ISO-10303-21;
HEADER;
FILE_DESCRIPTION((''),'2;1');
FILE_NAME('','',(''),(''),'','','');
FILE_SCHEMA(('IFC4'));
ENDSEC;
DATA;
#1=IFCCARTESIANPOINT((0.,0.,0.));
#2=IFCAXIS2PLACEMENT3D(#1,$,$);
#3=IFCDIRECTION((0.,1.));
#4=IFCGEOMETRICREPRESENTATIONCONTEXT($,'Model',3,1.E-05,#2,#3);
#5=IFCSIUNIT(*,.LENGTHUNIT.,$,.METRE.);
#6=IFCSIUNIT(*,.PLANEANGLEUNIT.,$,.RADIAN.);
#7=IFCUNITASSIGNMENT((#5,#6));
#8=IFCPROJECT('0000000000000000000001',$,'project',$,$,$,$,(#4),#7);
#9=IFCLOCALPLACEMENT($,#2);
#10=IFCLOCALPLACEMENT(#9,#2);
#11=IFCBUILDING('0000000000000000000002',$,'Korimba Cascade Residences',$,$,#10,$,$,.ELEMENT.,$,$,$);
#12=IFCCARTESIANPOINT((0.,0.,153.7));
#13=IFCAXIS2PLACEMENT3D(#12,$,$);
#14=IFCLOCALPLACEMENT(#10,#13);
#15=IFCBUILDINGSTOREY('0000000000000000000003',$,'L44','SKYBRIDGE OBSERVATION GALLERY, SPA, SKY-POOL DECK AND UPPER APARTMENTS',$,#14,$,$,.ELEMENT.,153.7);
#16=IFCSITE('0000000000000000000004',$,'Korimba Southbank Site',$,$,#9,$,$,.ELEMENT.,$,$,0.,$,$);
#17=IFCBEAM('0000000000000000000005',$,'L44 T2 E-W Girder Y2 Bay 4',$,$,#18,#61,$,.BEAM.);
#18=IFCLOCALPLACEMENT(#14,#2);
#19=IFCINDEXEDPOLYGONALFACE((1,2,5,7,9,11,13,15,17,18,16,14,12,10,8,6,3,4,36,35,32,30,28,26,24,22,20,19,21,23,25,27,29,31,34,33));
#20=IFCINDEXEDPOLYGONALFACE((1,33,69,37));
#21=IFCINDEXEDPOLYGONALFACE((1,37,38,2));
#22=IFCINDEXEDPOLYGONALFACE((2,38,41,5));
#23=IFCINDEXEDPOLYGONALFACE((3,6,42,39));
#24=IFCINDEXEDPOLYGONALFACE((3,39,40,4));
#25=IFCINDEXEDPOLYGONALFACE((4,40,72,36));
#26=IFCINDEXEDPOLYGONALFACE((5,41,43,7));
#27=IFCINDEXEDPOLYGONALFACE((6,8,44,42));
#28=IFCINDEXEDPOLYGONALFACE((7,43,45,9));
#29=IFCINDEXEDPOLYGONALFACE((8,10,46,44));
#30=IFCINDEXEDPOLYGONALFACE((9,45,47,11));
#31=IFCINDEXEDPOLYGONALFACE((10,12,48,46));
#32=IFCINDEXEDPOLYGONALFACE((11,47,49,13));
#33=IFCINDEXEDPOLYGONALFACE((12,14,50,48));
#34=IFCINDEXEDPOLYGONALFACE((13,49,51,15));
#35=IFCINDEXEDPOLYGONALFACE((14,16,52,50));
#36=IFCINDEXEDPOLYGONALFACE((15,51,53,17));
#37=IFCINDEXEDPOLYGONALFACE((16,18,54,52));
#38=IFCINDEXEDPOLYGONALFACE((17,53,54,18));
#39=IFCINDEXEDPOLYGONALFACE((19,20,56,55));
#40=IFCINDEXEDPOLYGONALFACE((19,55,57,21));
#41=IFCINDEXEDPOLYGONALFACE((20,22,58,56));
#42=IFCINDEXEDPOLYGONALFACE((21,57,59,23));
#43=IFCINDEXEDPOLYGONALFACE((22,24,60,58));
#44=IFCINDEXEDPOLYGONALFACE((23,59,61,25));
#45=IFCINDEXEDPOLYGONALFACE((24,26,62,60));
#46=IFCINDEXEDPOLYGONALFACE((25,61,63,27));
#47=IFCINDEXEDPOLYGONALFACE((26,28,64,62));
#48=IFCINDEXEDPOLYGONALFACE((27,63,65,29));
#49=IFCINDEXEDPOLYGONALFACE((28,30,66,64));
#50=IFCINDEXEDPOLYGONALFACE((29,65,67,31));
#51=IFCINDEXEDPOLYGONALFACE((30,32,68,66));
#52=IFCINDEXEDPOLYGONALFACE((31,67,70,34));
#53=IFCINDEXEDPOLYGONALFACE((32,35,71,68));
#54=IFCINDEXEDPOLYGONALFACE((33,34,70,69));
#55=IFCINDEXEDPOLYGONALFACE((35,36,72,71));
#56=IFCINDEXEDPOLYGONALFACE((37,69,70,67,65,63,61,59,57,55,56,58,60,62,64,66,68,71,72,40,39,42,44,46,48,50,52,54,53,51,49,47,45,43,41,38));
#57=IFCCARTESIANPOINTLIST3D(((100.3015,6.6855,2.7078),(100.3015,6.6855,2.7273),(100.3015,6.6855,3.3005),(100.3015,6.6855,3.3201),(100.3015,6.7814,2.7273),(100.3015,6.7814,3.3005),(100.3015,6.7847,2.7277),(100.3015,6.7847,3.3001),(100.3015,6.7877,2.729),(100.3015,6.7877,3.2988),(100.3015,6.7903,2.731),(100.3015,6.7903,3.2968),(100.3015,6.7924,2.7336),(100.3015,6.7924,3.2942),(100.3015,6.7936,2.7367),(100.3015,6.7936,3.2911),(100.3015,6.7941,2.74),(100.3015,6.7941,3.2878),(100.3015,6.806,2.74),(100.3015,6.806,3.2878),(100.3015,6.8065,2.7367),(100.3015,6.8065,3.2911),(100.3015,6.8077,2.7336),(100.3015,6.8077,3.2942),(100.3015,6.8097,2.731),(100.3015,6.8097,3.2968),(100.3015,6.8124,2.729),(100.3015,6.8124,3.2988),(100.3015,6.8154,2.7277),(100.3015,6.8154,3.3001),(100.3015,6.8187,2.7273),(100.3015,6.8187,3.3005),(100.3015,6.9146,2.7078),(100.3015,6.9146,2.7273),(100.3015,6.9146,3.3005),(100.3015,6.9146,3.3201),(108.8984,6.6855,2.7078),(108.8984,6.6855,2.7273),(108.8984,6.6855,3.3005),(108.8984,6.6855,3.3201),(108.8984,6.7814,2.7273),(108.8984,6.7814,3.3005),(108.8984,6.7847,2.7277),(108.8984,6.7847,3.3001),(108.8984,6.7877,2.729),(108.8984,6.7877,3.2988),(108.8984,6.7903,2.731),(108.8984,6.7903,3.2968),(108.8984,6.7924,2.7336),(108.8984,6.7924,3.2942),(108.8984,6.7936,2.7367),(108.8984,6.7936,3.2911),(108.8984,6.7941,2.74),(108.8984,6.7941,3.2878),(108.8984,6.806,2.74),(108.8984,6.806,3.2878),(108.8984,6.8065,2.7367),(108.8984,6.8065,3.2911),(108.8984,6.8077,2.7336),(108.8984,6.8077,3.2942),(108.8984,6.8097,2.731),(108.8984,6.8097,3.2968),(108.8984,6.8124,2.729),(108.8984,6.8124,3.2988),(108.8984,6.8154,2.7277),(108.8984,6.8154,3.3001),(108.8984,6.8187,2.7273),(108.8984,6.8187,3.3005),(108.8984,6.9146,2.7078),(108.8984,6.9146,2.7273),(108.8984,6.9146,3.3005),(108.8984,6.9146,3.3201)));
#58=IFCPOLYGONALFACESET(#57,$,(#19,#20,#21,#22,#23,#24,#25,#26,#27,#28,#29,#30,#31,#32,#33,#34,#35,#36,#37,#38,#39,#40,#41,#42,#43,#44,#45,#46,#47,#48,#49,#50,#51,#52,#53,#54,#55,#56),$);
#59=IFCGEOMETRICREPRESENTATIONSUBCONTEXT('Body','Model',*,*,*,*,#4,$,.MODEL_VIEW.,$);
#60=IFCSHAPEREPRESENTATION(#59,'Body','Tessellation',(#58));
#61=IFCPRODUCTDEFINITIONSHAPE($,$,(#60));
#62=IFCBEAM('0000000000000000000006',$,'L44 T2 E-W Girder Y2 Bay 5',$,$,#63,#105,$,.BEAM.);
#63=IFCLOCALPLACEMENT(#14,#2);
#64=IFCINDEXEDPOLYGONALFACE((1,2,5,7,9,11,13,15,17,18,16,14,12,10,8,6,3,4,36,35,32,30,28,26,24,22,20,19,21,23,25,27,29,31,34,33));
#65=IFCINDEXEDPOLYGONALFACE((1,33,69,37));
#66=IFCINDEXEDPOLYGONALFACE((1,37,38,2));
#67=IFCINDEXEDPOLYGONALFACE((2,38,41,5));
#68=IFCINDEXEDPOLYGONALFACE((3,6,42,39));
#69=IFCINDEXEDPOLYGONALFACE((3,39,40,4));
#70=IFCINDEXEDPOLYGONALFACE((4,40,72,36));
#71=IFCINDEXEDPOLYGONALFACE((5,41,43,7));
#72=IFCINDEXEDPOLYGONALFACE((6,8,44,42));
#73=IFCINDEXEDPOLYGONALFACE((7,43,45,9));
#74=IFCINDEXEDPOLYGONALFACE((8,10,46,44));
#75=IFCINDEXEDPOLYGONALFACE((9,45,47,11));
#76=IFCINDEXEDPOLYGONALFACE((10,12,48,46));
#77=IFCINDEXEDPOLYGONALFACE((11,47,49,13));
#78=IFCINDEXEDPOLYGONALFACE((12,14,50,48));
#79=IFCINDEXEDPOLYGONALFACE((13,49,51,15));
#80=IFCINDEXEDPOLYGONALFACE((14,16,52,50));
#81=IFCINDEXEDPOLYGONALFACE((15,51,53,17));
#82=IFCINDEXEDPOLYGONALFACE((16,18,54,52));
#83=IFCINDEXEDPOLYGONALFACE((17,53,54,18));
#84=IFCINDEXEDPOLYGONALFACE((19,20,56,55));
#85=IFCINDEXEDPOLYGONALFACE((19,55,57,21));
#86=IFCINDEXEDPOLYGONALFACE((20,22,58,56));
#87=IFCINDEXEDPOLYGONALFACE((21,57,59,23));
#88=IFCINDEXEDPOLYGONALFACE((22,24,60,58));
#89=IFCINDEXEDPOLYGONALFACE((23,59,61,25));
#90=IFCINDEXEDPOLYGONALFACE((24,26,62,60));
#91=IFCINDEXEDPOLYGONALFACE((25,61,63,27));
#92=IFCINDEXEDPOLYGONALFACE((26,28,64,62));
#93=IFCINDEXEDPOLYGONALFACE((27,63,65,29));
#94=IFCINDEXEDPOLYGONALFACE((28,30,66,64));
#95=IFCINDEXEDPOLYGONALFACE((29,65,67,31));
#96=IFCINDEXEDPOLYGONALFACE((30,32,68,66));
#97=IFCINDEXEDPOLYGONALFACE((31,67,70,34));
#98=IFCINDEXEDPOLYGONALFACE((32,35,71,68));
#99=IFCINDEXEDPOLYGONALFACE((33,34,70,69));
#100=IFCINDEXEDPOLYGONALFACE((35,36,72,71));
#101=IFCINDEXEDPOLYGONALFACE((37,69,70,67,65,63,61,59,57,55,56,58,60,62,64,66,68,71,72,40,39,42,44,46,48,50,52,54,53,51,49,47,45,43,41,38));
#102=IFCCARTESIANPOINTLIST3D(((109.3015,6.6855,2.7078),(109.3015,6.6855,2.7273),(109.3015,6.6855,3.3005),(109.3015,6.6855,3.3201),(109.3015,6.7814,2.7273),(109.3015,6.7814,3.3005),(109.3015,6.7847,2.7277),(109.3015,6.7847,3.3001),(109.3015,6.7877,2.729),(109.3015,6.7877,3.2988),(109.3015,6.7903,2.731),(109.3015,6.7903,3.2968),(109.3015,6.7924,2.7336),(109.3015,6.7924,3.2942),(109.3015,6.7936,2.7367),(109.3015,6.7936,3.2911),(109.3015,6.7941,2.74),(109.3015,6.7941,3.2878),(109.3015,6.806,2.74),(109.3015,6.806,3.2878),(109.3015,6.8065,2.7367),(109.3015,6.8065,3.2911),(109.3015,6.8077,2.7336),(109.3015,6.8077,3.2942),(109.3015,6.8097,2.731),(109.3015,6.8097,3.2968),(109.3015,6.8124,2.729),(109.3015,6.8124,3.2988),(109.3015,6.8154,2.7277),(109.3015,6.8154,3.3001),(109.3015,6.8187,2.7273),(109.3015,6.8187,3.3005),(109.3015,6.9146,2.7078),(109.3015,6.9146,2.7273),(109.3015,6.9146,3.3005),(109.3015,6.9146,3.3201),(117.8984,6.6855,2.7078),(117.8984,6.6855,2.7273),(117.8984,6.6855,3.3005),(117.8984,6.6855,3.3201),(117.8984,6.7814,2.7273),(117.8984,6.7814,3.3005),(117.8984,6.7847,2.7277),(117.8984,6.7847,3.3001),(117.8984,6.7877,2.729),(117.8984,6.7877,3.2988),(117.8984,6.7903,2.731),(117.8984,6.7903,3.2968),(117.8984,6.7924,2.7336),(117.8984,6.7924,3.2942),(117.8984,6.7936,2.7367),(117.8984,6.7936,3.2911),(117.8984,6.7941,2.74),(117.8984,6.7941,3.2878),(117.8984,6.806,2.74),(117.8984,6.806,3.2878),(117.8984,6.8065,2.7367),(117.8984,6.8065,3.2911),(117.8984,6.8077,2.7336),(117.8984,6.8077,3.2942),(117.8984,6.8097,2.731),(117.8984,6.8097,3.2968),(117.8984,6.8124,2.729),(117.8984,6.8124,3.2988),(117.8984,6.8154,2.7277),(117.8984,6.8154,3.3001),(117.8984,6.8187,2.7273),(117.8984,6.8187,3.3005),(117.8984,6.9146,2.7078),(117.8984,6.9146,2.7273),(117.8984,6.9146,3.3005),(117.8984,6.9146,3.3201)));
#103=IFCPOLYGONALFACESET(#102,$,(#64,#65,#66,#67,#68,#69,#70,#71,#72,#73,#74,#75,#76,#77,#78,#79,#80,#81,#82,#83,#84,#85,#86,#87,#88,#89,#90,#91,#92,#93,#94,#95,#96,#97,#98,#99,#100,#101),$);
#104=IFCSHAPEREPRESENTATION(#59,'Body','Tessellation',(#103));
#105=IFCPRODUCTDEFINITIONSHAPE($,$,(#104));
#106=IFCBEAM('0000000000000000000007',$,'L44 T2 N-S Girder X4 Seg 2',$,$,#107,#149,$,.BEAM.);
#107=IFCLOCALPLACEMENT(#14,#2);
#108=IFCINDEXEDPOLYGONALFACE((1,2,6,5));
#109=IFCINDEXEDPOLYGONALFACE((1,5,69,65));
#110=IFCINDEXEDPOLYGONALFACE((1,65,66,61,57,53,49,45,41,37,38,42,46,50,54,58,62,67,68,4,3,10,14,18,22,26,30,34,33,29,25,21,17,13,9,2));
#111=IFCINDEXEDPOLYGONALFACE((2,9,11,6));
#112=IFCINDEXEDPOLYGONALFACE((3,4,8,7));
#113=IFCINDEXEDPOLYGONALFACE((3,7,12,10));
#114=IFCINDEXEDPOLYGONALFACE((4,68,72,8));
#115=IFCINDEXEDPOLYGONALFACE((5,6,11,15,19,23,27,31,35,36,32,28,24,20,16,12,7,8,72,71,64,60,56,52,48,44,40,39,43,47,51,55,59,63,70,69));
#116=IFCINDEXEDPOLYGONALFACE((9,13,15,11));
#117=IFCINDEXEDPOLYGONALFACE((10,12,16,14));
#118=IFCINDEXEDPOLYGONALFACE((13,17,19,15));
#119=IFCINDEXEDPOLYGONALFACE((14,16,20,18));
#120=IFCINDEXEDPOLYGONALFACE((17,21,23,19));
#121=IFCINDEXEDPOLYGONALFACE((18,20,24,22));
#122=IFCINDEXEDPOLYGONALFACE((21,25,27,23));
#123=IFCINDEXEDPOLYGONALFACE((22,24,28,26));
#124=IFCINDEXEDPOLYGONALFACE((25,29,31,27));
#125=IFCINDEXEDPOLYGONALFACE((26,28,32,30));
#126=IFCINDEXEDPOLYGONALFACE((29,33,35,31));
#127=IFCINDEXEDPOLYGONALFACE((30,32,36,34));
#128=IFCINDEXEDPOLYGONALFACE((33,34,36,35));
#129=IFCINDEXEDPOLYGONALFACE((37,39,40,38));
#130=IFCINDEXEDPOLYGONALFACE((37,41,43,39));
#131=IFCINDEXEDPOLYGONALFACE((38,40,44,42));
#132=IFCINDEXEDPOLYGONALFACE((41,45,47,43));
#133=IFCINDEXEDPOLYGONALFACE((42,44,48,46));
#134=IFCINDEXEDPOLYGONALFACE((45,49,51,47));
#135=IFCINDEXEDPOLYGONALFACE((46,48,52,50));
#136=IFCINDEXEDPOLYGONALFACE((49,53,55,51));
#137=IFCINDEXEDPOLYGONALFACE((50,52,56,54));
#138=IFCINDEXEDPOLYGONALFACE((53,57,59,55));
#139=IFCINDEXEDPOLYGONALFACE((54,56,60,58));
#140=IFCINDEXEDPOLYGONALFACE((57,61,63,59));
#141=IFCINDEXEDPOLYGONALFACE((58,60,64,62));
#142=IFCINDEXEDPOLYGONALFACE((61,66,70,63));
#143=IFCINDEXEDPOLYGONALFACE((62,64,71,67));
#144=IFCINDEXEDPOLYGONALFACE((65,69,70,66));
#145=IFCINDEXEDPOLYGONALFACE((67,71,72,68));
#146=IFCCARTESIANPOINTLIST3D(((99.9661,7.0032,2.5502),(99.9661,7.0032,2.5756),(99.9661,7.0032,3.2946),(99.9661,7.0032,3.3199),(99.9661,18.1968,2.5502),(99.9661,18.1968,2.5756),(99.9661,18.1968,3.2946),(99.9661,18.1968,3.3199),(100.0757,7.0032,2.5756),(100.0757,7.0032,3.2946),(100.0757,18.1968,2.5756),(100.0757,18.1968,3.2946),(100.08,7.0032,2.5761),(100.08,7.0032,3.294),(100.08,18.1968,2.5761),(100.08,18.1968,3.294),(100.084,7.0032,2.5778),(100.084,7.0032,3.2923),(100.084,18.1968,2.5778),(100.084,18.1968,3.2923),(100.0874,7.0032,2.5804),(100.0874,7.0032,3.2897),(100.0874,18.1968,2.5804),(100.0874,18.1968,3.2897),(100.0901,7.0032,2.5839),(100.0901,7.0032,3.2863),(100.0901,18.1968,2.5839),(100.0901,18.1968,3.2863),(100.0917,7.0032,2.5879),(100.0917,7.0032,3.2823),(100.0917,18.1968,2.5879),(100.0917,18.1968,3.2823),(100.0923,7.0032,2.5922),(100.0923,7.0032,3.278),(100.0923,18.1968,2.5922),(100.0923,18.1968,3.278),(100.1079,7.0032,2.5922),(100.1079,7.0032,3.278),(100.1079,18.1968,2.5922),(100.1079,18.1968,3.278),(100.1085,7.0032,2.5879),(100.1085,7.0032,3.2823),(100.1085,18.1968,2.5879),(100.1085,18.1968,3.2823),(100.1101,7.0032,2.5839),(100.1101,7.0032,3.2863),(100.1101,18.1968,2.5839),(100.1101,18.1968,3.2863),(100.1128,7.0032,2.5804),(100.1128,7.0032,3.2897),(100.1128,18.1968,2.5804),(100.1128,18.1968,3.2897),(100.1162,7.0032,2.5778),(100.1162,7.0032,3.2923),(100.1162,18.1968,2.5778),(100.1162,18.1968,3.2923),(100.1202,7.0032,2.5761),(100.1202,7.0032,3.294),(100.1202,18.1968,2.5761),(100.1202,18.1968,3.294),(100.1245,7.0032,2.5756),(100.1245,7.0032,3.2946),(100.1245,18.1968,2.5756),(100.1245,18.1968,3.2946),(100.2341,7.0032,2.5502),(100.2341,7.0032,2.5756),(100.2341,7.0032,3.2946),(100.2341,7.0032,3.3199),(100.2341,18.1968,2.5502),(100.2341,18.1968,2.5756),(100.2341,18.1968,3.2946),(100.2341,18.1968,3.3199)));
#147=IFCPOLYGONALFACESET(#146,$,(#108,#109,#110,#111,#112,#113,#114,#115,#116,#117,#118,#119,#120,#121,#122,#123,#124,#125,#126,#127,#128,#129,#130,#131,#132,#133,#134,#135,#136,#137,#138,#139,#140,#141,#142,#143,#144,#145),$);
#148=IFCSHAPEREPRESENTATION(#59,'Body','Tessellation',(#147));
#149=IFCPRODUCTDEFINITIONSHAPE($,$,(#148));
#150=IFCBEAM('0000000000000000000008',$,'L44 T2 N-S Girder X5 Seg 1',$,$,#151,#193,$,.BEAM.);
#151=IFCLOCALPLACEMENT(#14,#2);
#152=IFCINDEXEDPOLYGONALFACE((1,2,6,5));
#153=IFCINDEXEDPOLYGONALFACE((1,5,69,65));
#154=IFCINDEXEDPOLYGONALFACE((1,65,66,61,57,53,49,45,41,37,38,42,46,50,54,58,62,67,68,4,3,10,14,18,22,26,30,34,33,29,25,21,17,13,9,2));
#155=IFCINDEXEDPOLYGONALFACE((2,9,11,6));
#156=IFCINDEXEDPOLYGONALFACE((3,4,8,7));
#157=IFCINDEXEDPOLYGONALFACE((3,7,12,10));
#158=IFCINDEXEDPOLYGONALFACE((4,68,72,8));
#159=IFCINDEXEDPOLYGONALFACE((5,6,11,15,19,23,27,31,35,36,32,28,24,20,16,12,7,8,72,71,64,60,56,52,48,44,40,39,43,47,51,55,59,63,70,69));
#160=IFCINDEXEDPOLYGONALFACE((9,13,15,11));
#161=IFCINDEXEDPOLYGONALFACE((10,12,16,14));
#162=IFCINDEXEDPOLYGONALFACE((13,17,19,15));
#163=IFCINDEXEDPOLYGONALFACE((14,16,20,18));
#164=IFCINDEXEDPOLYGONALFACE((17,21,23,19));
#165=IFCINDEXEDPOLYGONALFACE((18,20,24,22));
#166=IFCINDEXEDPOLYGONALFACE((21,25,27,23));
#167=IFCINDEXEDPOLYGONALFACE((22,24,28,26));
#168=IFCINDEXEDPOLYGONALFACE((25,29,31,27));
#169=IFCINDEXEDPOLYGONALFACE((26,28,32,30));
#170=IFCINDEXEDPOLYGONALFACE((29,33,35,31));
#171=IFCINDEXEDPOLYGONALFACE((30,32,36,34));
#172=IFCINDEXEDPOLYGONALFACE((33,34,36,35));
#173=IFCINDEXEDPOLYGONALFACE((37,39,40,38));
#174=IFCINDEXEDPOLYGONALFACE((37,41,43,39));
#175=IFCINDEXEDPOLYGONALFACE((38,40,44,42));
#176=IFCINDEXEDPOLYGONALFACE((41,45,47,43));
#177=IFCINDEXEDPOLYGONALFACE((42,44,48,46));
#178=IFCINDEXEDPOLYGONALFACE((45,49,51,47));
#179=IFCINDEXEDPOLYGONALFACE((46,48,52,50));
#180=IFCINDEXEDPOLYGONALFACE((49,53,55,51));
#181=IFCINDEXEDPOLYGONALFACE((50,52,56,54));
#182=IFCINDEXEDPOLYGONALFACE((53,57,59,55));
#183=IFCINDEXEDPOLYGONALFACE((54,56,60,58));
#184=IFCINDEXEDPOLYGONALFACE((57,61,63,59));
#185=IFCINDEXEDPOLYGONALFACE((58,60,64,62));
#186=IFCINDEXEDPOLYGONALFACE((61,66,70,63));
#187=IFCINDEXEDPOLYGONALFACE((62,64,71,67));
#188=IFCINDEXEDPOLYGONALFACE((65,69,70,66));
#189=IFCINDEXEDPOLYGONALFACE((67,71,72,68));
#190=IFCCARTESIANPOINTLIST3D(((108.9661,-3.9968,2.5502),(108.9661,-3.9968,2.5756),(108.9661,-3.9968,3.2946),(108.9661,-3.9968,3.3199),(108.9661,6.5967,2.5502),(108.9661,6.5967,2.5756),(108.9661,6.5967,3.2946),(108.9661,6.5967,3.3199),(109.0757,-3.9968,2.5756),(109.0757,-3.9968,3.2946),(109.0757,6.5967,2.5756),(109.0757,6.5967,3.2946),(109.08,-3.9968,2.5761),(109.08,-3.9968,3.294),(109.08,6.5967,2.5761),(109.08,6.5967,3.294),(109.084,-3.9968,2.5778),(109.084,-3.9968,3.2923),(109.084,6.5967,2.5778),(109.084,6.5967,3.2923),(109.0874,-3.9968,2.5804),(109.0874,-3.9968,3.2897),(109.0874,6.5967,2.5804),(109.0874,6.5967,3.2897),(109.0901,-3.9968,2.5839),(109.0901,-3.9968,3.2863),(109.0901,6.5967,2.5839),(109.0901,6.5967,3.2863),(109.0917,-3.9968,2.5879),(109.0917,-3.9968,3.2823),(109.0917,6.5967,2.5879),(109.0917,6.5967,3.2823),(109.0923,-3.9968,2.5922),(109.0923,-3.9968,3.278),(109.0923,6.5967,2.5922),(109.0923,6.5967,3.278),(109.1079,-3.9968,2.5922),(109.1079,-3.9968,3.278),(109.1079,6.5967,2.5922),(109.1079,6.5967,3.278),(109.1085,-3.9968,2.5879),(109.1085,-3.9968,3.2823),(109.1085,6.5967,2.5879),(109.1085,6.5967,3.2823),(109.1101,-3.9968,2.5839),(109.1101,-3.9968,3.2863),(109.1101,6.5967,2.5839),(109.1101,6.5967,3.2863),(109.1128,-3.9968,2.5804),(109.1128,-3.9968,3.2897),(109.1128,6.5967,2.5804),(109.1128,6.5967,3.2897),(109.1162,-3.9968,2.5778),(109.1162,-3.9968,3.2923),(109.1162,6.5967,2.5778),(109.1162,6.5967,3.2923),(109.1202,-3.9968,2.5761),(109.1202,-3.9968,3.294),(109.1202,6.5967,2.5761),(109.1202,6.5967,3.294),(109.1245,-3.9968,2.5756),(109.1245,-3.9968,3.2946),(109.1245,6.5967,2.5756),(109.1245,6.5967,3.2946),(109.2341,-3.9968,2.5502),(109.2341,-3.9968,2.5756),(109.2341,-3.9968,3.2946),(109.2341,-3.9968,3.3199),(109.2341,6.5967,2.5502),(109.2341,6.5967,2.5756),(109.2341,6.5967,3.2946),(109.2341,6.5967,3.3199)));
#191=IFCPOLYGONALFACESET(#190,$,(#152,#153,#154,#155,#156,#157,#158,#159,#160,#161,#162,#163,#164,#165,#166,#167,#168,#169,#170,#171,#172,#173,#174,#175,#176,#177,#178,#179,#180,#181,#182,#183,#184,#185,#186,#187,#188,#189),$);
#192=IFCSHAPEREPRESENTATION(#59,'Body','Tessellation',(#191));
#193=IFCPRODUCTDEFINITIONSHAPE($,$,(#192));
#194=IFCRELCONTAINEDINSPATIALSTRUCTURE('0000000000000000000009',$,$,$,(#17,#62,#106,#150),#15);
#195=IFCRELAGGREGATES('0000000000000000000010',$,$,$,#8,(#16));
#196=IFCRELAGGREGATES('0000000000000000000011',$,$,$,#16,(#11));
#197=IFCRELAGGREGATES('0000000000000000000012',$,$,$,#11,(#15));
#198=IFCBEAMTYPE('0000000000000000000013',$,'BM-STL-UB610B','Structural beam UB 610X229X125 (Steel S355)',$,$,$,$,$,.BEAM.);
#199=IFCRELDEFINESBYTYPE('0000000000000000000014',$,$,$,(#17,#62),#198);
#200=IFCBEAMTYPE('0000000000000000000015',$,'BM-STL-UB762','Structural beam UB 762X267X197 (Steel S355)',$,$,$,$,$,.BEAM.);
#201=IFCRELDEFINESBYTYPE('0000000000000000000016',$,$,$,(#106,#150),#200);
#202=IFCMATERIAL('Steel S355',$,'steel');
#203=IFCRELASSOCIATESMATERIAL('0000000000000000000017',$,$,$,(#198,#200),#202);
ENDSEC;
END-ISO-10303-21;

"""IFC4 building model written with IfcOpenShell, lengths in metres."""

from ifc_helpers import new_model, si_unit, direction, frame, origin, origin_2d, place, context, subcontext, project, spatial, i_section, extrude, material, material_profile, profile_set, type_object, element, save


model = new_model("IFC4")

# Units and contexts
model_context = context("Model", 3, precision=1e-05, world=origin(), true_north=direction((0.0, 1.0)))
body_context = subcontext(model_context, "Body", "Model", "MODEL_VIEW")
ifc_project = project(units=[si_unit("LENGTHUNIT", "METRE"), si_unit("PLANEANGLEUNIT", "RADIAN")], contexts=[model_context])

# Site, building, storey
site_placement = place(None, origin())
site = spatial("IfcSite", under=ifc_project, at=site_placement, Name="Korimba Southbank Site", CompositionType="ELEMENT", RefElevation=0.0)
building_placement = place(site_placement, origin())
building = spatial("IfcBuilding", under=site, at=building_placement, Name="Korimba Cascade Residences", CompositionType="ELEMENT")
storey_placement = place(building_placement, frame((0.0, 0.0, 153.7)))
storey = spatial("IfcBuildingStorey", under=building, at=storey_placement, Name="L44", Description="SKYBRIDGE OBSERVATION GALLERY, SPA, SKY-POOL DECK AND UPPER APARTMENTS", CompositionType="ELEMENT", Elevation=153.7)

# Beams
ifc_material_1 = material(Name="Steel S355", Category="steel")
ifc_material_profile_1 = material_profile(ifc_material_1, i_section(OverallWidth=0.229, OverallDepth=0.6123, WebThickness=0.012, FlangeThickness=0.0195, FilletRadius=0.0127, at=origin_2d()), Name="Steel S355")
ifc_profile_set_1 = profile_set([ifc_material_profile_1], Name="Steel S355")
beam_type_1 = type_object("IfcBeamType", Name="BM-STL-UB610B", Description="Structural beam UB 610X229X125 (Steel S355)", PredefinedType="BEAM", material=ifc_profile_set_1)
for number, where, z_axis, x_axis, name in (
    (1, (100.3015, 6.8, 3.0139), (1.0, 0.0, 0.0), (0.0, 1.0, 0.0), "L44 T2 E-W Girder Y2 Bay 4"),
    (2, (109.3015, 6.8, 3.0139), (1.0, 0.0, 0.0), (0.0, 1.0, 0.0), "L44 T2 E-W Girder Y2 Bay 5"),
):
    element("IfcBeam", number, at=place(storey_placement, frame(where, z_axis=z_axis, x_axis=x_axis)), inside=storey, type_object=beam_type_1, Name=name, PredefinedType="BEAM", context=body_context, shape_type="SweptSolid", body=[
        extrude(i_section(OverallWidth=0.229, OverallDepth=0.6123, WebThickness=0.012, FlangeThickness=0.0195, FilletRadius=0.0127, at=origin_2d()), origin(), (0.0, 0.0, 1.0), 8.5969),
    ])
ifc_material_profile_2 = material_profile(ifc_material_1, i_section(OverallWidth=0.2681, OverallDepth=0.7698, WebThickness=0.0156, FlangeThickness=0.0254, FilletRadius=0.0166, at=origin_2d()), Name="Steel S355")
ifc_profile_set_2 = profile_set([ifc_material_profile_2], Name="Steel S355")
beam_type_2 = type_object("IfcBeamType", Name="BM-STL-UB762", Description="Structural beam UB 762X267X197 (Steel S355)", PredefinedType="BEAM", material=ifc_profile_set_2)
beam_1_placement = place(storey_placement, frame((100.1001, 7.0032, 2.9351), z_axis=(0.0, 1.0, 0.0), x_axis=(-1.0, 0.0, 0.0)))
element("IfcBeam", 3, at=beam_1_placement, inside=storey, type_object=beam_type_2, Name="L44 T2 N-S Girder X4 Seg 2", PredefinedType="BEAM", context=body_context, shape_type="SweptSolid", body=[
    extrude(i_section(OverallWidth=0.2681, OverallDepth=0.7698, WebThickness=0.0156, FlangeThickness=0.0254, FilletRadius=0.0166, at=origin_2d()), origin(), (0.0, 0.0, 1.0), 11.1936),
])
beam_2_placement = place(storey_placement, frame((109.1001, -3.9968, 2.9351), z_axis=(0.0, 1.0, 0.0), x_axis=(-1.0, 0.0, 0.0)))
element("IfcBeam", 4, at=beam_2_placement, inside=storey, type_object=beam_type_2, Name="L44 T2 N-S Girder X5 Seg 1", PredefinedType="BEAM", context=body_context, shape_type="SweptSolid", body=[
    extrude(i_section(OverallWidth=0.2681, OverallDepth=0.7698, WebThickness=0.0156, FlangeThickness=0.0254, FilletRadius=0.0166, at=origin_2d()), origin(), (0.0, 0.0, 1.0), 10.5935),
])

save(model, "model.ifc")
